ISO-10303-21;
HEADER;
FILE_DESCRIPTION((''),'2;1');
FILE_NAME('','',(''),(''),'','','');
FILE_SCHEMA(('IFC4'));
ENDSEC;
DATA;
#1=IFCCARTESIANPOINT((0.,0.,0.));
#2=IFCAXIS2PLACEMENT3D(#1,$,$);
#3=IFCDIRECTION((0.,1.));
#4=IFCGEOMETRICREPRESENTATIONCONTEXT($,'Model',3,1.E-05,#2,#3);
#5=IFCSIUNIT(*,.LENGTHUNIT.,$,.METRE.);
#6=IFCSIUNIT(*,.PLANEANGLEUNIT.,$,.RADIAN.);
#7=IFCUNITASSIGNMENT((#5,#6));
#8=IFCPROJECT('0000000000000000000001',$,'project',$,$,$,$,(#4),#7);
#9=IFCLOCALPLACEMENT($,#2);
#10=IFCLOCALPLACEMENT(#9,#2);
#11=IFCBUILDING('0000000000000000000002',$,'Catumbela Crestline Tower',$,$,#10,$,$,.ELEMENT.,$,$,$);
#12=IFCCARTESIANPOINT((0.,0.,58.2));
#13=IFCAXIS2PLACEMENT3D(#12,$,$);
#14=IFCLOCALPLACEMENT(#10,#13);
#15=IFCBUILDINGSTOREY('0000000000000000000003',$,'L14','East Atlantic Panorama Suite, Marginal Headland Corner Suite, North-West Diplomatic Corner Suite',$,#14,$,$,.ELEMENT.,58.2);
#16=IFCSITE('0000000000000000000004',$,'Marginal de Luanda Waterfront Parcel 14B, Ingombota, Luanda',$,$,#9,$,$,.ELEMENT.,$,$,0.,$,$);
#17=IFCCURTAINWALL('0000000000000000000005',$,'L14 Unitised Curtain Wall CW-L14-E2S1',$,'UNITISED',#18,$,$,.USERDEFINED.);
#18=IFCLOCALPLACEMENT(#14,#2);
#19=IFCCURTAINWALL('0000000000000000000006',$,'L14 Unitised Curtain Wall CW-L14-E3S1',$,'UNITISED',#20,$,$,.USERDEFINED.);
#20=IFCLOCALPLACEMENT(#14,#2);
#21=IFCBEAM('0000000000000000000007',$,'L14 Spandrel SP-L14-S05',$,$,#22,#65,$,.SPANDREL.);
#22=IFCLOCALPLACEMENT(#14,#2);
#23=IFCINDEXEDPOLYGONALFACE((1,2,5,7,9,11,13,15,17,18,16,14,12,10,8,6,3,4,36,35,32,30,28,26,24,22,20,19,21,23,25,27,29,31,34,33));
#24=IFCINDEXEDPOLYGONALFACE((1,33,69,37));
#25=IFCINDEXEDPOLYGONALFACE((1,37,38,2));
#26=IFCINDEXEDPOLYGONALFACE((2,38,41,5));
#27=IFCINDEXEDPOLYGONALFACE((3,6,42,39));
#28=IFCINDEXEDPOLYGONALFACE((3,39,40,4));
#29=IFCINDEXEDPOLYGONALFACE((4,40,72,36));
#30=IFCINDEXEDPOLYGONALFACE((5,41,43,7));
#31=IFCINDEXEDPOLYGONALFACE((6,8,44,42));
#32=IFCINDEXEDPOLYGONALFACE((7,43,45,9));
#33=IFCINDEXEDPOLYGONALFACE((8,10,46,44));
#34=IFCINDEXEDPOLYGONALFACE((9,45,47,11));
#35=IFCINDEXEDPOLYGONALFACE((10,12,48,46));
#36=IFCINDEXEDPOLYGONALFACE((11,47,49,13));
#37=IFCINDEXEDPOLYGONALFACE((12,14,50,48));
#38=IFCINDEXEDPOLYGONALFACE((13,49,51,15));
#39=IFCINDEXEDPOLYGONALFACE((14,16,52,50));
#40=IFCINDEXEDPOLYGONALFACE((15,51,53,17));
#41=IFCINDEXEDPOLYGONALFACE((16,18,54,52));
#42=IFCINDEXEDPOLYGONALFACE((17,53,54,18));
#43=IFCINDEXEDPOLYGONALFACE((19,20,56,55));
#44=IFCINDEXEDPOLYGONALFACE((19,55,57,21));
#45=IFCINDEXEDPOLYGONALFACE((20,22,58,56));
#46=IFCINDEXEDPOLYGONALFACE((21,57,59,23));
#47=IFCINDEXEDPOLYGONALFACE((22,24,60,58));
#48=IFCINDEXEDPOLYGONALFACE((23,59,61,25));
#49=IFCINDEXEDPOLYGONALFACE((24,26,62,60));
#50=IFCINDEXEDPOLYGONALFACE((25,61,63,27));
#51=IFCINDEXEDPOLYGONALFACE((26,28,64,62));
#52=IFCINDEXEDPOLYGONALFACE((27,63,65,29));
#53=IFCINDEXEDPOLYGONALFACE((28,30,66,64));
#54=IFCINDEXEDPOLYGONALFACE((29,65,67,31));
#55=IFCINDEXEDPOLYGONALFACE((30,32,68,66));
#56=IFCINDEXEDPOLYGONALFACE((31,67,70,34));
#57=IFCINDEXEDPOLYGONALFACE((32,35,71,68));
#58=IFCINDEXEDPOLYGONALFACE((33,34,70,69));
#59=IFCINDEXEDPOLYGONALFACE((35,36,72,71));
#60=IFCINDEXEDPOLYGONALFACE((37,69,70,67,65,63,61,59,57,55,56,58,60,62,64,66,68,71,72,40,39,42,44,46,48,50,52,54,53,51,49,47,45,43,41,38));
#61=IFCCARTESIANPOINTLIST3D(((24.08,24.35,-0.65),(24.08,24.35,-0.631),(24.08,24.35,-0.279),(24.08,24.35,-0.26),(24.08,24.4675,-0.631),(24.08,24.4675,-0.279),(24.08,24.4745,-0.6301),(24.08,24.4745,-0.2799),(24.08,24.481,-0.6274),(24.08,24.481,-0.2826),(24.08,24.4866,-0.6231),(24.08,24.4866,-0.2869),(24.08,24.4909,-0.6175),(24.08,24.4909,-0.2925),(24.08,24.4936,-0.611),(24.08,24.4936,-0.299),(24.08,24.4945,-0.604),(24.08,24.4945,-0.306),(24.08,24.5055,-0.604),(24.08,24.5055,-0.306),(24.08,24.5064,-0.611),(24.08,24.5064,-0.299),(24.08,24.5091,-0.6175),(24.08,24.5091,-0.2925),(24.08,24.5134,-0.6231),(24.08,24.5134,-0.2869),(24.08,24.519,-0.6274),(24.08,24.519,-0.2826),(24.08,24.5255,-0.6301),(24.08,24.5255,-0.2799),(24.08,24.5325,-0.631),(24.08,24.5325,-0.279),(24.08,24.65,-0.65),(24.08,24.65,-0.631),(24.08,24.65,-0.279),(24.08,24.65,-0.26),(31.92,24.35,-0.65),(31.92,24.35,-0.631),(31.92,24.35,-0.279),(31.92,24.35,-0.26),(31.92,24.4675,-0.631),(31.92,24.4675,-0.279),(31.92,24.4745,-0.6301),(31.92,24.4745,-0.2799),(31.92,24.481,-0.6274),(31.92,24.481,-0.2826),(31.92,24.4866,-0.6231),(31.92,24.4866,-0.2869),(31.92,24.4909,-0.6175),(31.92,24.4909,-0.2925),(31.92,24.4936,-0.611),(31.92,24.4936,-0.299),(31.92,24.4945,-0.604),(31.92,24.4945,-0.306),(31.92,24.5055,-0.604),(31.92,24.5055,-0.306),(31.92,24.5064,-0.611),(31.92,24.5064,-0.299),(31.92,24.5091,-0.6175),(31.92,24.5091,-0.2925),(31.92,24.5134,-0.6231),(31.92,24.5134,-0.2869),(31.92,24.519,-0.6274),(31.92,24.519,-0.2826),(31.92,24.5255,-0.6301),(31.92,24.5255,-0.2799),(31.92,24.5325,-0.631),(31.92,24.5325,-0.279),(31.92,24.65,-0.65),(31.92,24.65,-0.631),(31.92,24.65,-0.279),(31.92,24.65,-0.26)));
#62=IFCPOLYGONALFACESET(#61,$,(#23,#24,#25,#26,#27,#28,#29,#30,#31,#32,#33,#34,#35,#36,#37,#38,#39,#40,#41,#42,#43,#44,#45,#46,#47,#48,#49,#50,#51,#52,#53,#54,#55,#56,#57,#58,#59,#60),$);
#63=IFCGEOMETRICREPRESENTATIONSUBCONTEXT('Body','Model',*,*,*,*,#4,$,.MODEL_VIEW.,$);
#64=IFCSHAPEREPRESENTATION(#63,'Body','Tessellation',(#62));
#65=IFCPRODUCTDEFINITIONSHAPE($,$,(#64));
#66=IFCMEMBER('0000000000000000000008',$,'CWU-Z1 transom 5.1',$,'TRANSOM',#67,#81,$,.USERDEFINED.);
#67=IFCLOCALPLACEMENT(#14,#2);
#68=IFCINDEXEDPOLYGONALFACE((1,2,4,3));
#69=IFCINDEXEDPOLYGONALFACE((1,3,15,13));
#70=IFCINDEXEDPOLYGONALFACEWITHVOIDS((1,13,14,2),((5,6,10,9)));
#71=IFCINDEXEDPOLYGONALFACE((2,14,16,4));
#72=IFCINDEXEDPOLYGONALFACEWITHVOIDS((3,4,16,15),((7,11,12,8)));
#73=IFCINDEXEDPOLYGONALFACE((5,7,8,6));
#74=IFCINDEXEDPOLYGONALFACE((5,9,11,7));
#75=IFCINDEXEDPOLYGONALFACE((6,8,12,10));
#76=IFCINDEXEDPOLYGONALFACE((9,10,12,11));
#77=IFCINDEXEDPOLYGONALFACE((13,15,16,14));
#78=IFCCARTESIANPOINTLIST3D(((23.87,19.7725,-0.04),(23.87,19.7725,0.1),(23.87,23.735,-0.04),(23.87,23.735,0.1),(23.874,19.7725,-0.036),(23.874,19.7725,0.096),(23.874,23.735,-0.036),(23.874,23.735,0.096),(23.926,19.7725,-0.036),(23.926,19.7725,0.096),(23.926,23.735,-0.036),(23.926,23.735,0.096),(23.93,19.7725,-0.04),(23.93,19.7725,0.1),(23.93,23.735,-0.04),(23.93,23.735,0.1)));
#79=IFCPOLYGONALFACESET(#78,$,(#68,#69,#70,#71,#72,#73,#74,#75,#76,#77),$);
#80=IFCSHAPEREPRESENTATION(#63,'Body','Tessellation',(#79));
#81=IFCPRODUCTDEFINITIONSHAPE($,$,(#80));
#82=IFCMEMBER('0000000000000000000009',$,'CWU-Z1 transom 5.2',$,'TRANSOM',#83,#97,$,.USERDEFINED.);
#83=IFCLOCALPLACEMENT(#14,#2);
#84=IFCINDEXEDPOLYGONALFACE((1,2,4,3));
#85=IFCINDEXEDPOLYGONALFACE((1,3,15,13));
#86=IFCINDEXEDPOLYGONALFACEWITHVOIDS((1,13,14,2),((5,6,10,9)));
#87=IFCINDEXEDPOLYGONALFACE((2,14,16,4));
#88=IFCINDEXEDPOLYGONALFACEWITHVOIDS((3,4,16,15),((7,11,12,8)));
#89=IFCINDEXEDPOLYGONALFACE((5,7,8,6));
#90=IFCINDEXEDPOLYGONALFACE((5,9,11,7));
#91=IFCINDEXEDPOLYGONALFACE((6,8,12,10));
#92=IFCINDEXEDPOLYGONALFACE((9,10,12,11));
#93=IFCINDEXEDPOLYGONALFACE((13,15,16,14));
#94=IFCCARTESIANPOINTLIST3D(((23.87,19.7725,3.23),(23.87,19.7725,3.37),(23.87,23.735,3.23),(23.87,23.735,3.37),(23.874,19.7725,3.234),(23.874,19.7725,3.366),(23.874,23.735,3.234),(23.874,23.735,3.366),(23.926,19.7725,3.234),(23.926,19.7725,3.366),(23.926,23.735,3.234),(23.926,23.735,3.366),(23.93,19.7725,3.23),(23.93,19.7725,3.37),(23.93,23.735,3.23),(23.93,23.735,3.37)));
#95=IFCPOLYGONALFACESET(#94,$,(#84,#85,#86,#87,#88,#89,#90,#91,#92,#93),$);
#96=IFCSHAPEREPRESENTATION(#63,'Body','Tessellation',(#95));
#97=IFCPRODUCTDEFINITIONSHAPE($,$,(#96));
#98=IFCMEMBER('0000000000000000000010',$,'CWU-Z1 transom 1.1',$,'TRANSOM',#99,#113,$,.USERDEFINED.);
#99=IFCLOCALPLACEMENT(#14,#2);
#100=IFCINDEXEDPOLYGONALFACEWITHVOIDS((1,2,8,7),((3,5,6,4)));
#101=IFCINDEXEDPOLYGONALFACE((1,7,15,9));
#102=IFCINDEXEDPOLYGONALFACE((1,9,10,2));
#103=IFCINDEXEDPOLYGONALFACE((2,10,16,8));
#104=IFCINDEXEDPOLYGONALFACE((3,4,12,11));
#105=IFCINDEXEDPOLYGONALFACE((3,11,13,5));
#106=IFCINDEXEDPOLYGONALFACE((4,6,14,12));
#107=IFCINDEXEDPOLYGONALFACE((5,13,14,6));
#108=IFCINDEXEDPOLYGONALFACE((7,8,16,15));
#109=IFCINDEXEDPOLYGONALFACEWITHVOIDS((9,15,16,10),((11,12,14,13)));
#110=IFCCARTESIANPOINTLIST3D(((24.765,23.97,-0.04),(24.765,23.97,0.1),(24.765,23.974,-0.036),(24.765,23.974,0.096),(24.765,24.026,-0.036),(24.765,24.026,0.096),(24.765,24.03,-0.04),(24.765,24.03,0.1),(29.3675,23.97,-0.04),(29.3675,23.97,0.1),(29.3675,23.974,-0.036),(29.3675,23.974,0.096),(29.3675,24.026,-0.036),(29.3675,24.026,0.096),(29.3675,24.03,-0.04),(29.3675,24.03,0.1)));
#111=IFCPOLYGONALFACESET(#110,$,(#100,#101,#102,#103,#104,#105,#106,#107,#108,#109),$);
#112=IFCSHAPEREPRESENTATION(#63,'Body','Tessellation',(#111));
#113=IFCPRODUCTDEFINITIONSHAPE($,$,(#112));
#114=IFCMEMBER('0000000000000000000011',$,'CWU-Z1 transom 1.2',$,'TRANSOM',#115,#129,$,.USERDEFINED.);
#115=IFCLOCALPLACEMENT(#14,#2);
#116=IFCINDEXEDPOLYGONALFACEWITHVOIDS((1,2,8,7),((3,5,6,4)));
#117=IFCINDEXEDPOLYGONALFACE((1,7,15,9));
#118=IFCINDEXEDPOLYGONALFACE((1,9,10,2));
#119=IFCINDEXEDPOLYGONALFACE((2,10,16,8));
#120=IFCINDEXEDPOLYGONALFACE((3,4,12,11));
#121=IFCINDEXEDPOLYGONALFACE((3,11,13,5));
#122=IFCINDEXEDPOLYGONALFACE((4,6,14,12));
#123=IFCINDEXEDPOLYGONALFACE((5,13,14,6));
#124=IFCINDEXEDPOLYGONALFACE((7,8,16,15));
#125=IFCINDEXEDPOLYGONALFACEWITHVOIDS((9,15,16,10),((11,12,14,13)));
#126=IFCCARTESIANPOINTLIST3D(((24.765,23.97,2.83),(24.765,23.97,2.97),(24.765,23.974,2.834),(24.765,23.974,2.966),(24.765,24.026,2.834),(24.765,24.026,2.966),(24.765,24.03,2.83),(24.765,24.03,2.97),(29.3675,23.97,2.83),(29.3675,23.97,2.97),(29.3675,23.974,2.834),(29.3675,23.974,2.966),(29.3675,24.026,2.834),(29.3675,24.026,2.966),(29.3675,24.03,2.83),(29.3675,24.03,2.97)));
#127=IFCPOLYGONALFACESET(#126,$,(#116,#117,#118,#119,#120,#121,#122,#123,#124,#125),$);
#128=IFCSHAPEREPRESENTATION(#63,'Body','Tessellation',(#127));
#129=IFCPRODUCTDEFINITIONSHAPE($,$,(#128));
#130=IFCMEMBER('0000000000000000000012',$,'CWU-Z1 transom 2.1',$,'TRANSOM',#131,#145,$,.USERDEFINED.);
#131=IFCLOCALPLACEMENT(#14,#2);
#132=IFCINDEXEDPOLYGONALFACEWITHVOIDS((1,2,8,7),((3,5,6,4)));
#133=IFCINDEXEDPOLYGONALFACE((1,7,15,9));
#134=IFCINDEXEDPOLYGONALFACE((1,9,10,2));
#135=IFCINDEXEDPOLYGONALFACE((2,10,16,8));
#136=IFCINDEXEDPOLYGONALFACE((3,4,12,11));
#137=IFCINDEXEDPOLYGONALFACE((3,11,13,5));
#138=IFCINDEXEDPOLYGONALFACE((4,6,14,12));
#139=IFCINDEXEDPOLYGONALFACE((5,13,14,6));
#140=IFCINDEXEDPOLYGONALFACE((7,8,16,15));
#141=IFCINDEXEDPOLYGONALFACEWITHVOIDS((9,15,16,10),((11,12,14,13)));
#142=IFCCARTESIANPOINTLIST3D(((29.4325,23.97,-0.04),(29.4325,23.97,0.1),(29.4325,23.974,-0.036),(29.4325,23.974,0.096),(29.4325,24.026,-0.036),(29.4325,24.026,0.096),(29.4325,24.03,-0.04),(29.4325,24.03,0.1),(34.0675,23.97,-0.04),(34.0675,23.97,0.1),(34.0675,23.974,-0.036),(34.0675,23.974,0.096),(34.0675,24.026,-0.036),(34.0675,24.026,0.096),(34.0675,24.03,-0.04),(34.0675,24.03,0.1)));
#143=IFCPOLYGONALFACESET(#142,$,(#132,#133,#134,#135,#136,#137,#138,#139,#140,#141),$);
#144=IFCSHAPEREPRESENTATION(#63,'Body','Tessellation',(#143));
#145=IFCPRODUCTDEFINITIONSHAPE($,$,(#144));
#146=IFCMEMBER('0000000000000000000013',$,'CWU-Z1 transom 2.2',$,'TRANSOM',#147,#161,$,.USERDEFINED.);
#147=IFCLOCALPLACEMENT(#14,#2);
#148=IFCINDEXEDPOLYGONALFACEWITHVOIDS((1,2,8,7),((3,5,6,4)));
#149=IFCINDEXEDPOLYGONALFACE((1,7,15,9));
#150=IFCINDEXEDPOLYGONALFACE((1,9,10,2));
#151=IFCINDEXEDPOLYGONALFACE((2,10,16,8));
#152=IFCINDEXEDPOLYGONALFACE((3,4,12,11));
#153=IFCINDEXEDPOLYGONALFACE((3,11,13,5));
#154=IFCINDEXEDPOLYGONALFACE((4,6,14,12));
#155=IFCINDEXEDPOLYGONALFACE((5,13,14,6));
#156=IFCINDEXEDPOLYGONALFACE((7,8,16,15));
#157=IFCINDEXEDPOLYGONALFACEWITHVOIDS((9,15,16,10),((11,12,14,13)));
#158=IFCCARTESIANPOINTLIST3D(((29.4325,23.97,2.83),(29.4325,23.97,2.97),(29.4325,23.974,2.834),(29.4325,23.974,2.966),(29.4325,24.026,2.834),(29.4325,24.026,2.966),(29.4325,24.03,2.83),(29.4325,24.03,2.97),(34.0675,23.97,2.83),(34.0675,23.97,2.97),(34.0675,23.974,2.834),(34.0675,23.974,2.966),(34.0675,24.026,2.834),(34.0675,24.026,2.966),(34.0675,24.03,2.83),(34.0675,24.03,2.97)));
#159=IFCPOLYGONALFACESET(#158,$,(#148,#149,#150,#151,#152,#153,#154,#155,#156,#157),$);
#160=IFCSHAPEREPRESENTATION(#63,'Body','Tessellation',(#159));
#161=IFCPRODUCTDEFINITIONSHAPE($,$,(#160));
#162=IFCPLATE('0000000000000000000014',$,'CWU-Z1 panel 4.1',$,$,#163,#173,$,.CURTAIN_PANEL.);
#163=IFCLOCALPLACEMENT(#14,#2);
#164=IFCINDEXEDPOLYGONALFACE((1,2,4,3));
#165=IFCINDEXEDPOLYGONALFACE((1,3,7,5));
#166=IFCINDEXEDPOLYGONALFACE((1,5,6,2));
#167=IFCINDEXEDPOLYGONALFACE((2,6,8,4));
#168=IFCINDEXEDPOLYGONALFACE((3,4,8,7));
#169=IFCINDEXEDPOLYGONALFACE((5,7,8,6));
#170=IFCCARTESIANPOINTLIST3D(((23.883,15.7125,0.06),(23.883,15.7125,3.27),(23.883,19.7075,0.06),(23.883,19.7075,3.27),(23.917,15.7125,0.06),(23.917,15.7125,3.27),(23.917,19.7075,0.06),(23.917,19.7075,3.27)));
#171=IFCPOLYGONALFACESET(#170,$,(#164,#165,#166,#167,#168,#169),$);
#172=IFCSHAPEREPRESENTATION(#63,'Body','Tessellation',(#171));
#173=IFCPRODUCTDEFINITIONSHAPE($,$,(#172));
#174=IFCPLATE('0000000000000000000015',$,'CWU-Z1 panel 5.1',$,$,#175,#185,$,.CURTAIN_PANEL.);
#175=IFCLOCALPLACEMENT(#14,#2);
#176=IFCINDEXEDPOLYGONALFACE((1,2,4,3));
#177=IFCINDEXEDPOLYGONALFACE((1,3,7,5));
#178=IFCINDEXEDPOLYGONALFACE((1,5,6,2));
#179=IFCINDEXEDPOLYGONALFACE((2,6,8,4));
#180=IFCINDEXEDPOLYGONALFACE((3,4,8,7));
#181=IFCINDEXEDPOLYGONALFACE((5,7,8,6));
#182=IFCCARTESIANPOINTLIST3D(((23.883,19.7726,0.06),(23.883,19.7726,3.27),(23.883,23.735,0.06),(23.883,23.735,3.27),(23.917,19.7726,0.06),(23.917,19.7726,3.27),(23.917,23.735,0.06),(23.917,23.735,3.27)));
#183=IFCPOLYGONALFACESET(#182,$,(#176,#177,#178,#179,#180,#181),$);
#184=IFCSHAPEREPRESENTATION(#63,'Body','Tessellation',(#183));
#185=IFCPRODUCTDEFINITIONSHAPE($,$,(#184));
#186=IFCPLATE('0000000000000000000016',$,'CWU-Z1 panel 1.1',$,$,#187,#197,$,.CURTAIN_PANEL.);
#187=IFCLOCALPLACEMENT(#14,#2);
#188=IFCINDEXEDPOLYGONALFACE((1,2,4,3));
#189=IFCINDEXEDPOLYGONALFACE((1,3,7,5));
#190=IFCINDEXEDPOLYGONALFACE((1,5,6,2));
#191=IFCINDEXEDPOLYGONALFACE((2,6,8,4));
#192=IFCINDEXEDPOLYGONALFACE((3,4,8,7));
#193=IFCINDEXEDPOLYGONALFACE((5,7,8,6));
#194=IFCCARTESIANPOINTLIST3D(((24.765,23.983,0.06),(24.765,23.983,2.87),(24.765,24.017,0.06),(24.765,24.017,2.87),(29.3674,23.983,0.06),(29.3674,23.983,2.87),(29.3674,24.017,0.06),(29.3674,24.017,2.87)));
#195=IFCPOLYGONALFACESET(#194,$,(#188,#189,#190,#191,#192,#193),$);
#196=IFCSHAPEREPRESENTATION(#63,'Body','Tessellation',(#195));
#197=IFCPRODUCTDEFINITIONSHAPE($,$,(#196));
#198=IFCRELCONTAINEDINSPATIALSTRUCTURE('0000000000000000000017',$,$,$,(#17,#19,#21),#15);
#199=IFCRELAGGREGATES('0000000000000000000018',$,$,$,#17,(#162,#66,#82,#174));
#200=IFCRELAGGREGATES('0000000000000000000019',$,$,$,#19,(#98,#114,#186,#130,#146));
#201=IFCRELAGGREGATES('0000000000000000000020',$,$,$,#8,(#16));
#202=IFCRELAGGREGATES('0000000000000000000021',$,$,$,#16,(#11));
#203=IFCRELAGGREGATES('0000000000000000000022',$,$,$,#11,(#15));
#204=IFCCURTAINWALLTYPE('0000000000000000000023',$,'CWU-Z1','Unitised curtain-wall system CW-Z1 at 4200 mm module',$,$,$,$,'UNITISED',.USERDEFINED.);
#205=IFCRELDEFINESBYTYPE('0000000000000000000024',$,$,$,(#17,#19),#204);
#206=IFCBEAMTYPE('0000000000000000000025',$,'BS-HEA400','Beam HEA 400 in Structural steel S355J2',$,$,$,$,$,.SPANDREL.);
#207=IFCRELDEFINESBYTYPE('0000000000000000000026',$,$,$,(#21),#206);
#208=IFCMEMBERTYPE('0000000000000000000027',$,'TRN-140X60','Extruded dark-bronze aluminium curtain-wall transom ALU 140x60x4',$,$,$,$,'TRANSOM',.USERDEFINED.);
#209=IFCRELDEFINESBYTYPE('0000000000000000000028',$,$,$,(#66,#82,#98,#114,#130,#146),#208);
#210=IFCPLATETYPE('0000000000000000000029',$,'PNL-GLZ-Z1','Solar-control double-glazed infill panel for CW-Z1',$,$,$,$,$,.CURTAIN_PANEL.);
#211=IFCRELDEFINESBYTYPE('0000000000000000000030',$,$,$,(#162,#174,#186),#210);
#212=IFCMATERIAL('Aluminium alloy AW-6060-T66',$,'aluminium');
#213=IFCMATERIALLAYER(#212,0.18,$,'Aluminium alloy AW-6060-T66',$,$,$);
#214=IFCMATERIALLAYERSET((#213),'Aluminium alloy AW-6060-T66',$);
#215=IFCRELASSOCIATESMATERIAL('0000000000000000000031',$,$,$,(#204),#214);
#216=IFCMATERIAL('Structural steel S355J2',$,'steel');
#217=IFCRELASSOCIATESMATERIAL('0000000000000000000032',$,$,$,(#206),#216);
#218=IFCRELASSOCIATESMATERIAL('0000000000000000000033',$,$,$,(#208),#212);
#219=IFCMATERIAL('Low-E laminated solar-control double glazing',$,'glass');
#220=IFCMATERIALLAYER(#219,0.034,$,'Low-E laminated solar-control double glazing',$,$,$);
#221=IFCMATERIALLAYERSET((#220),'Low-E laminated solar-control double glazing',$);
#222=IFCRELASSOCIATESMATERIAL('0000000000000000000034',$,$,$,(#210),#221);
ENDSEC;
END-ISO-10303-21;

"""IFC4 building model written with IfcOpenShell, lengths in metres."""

from ifc_helpers import new_model, si_unit, direction, frame, origin, origin_2d, place, context, subcontext, project, spatial, rectangle, hollow_rectangle, i_section, extrude, material, layer, layer_set, material_profile, profile_set, type_object, element, aggregate, save


model = new_model("IFC4")

# Units and contexts
model_context = context("Model", 3, precision=1e-05, world=origin(), true_north=direction((0.0, 1.0)))
body_context = subcontext(model_context, "Body", "Model", "MODEL_VIEW")
ifc_project = project(units=[si_unit("LENGTHUNIT", "METRE"), si_unit("PLANEANGLEUNIT", "RADIAN")], contexts=[model_context])

# Site, building, storey
site_placement = place(None, origin())
site = spatial("IfcSite", under=ifc_project, at=site_placement, Name="Marginal de Luanda Waterfront Parcel 14B, Ingombota, Luanda", CompositionType="ELEMENT", RefElevation=0.0)
building_placement = place(site_placement, origin())
building = spatial("IfcBuilding", under=site, at=building_placement, Name="Catumbela Crestline Tower", CompositionType="ELEMENT")
storey_placement = place(building_placement, frame((0.0, 0.0, 58.2)))
storey = spatial("IfcBuildingStorey", under=building, at=storey_placement, Name="L14", Description="East Atlantic Panorama Suite, Marginal Headland Corner Suite, North-West Diplomatic Corner Suite", CompositionType="ELEMENT", Elevation=58.2)

# Shared definitions
ifc_material_1 = material(Name="Structural steel S355J2", Category="steel")

# Curtain walls
ifc_material_2 = material(Name="Aluminium alloy AW-6060-T66", Category="aluminium")
ifc_layer_1 = layer(ifc_material_2, 0.18, Name="Aluminium alloy AW-6060-T66")
ifc_layer_set_1 = layer_set([ifc_layer_1], Name="Aluminium alloy AW-6060-T66")
curtain_wall_type = type_object("IfcCurtainWallType", Name="CWU-Z1", Description="Unitised curtain-wall system CW-Z1 at 4200 mm module", ElementType="UNITISED", PredefinedType="USERDEFINED", material=ifc_layer_set_1)
curtain_wall_1_placement = place(storey_placement, origin())
curtain_wall_1 = element("IfcCurtainWall", 1, at=curtain_wall_1_placement, inside=storey, type_object=curtain_wall_type, Name="L14 Unitised Curtain Wall CW-L14-E2S1", ObjectType="UNITISED", PredefinedType="USERDEFINED")
curtain_wall_2_placement = place(storey_placement, origin())
curtain_wall_2 = element("IfcCurtainWall", 2, at=curtain_wall_2_placement, inside=storey, type_object=curtain_wall_type, Name="L14 Unitised Curtain Wall CW-L14-E3S1", ObjectType="UNITISED", PredefinedType="USERDEFINED")

# Beam
ifc_material_profile_1 = material_profile(ifc_material_1, i_section(OverallWidth=0.3, OverallDepth=0.39, WebThickness=0.011, FlangeThickness=0.019, FilletRadius=0.027, at=origin_2d()), Name="HEA 400")
ifc_profile_set_1 = profile_set([ifc_material_profile_1], Name="Structural steel S355J2")
beam_type_1 = type_object("IfcBeamType", Name="BS-HEA400", Description="Beam HEA 400 in Structural steel S355J2", PredefinedType="SPANDREL", material=ifc_profile_set_1)
beam_1_placement = place(storey_placement, frame((24.08, 24.5, -0.455), z_axis=(1.0, 0.0, 0.0), x_axis=(0.0, 1.0, 0.0)))
element("IfcBeam", 3, at=beam_1_placement, inside=storey, type_object=beam_type_1, Name="L14 Spandrel SP-L14-S05", PredefinedType="SPANDREL", context=body_context, shape_type="SweptSolid", body=[
    extrude(i_section(OverallWidth=0.3, OverallDepth=0.39, WebThickness=0.011, FlangeThickness=0.019, FilletRadius=0.027, at=origin_2d()), origin(), (0.0, 0.0, 1.0), 7.84),
])

# Members
ifc_material_profile_2 = material_profile(ifc_material_2, hollow_rectangle(XDim=0.06, YDim=0.14, WallThickness=0.004, at=origin_2d()), Name="ALU 140x60x4")
ifc_profile_set_2 = profile_set([ifc_material_profile_2], Name="Aluminium alloy AW-6060-T66")
member_type_1 = type_object("IfcMemberType", Name="TRN-140X60", Description="Extruded dark-bronze aluminium curtain-wall transom ALU 140x60x4", ElementType="TRANSOM", PredefinedType="USERDEFINED", material=ifc_profile_set_2)
member_1_placement = place(storey_placement, frame((23.9, 19.7725, 0.03), z_axis=(0.0, 1.0, 0.0), x_axis=(-1.0, 0.0, 0.0)))
member_1 = element("IfcMember", 4, at=member_1_placement, type_object=member_type_1, Name="CWU-Z1 transom 5.1", ObjectType="TRANSOM", PredefinedType="USERDEFINED", context=body_context, shape_type="SweptSolid", body=[
    extrude(hollow_rectangle(XDim=0.06, YDim=0.14, WallThickness=0.004, at=origin_2d()), origin(), (0.0, 0.0, 1.0), 3.9625),
])
member_2_placement = place(storey_placement, frame((23.9, 19.7725, 3.3), z_axis=(0.0, 1.0, 0.0), x_axis=(-1.0, 0.0, 0.0)))
member_2 = element("IfcMember", 5, at=member_2_placement, type_object=member_type_1, Name="CWU-Z1 transom 5.2", ObjectType="TRANSOM", PredefinedType="USERDEFINED", context=body_context, shape_type="SweptSolid", body=[
    extrude(hollow_rectangle(XDim=0.06, YDim=0.14, WallThickness=0.004, at=origin_2d()), origin(), (0.0, 0.0, 1.0), 3.9625),
])
member_3_placement = place(storey_placement, frame((24.765, 24.0, 0.03), z_axis=(1.0, 0.0, 0.0), x_axis=(0.0, 1.0, 0.0)))
member_3 = element("IfcMember", 6, at=member_3_placement, type_object=member_type_1, Name="CWU-Z1 transom 1.1", ObjectType="TRANSOM", PredefinedType="USERDEFINED", context=body_context, shape_type="SweptSolid", body=[
    extrude(hollow_rectangle(XDim=0.06, YDim=0.14, WallThickness=0.004, at=origin_2d()), origin(), (0.0, 0.0, 1.0), 4.6025),
])
member_4_placement = place(storey_placement, frame((24.765, 24.0, 2.9), z_axis=(1.0, 0.0, 0.0), x_axis=(0.0, 1.0, 0.0)))
member_4 = element("IfcMember", 7, at=member_4_placement, type_object=member_type_1, Name="CWU-Z1 transom 1.2", ObjectType="TRANSOM", PredefinedType="USERDEFINED", context=body_context, shape_type="SweptSolid", body=[
    extrude(hollow_rectangle(XDim=0.06, YDim=0.14, WallThickness=0.004, at=origin_2d()), origin(), (0.0, 0.0, 1.0), 4.6025),
])
member_5_placement = place(storey_placement, frame((29.4325, 24.0, 0.03), z_axis=(1.0, 0.0, 0.0), x_axis=(0.0, 1.0, 0.0)))
member_5 = element("IfcMember", 8, at=member_5_placement, type_object=member_type_1, Name="CWU-Z1 transom 2.1", ObjectType="TRANSOM", PredefinedType="USERDEFINED", context=body_context, shape_type="SweptSolid", body=[
    extrude(hollow_rectangle(XDim=0.06, YDim=0.14, WallThickness=0.004, at=origin_2d()), origin(), (0.0, 0.0, 1.0), 4.635),
])
member_6_placement = place(storey_placement, frame((29.4325, 24.0, 2.9), z_axis=(1.0, 0.0, 0.0), x_axis=(0.0, 1.0, 0.0)))
member_6 = element("IfcMember", 9, at=member_6_placement, type_object=member_type_1, Name="CWU-Z1 transom 2.2", ObjectType="TRANSOM", PredefinedType="USERDEFINED", context=body_context, shape_type="SweptSolid", body=[
    extrude(hollow_rectangle(XDim=0.06, YDim=0.14, WallThickness=0.004, at=origin_2d()), origin(), (0.0, 0.0, 1.0), 4.635),
])

# Plates
ifc_material_3 = material(Name="Low-E laminated solar-control double glazing", Category="glass")
ifc_layer_2 = layer(ifc_material_3, 0.034, Name="Low-E laminated solar-control double glazing")
ifc_layer_set_2 = layer_set([ifc_layer_2], Name="Low-E laminated solar-control double glazing")
plate_type = type_object("IfcPlateType", Name="PNL-GLZ-Z1", Description="Solar-control double-glazed infill panel for CW-Z1", PredefinedType="CURTAIN_PANEL", material=ifc_layer_set_2)
plate_1_placement = place(storey_placement, frame((23.9, 17.71, 0.06), z_axis=(0.0, 0.0, 1.0), x_axis=(0.0, 1.0, 0.0)))
plate_1 = element("IfcPlate", 10, at=plate_1_placement, type_object=plate_type, Name="CWU-Z1 panel 4.1", PredefinedType="CURTAIN_PANEL", context=body_context, shape_type="SweptSolid", body=[
    extrude(rectangle(XDim=3.995, YDim=0.034, at=origin_2d()), origin(), (0.0, 0.0, 1.0), 3.21),
])
plate_2_placement = place(storey_placement, frame((23.9, 21.7538, 0.06), z_axis=(0.0, 0.0, 1.0), x_axis=(0.0, 1.0, 0.0)))
plate_2 = element("IfcPlate", 11, at=plate_2_placement, type_object=plate_type, Name="CWU-Z1 panel 5.1", PredefinedType="CURTAIN_PANEL", context=body_context, shape_type="SweptSolid", body=[
    extrude(rectangle(XDim=3.9625, YDim=0.034, at=origin_2d()), origin(), (0.0, 0.0, 1.0), 3.21),
])
aggregate(curtain_wall_1, [plate_1, member_1, member_2, plate_2])
plate_3_placement = place(storey_placement, frame((27.0662, 24.0, 0.06), z_axis=(0.0, 0.0, 1.0), x_axis=(1.0, 0.0, 0.0)))
plate_3 = element("IfcPlate", 12, at=plate_3_placement, type_object=plate_type, Name="CWU-Z1 panel 1.1", PredefinedType="CURTAIN_PANEL", context=body_context, shape_type="SweptSolid", body=[
    extrude(rectangle(XDim=4.6025, YDim=0.034, at=origin_2d()), origin(), (0.0, 0.0, 1.0), 2.81),
])
aggregate(curtain_wall_2, [member_3, member_4, plate_3, member_5, member_6])

save(model, "model.ifc")
